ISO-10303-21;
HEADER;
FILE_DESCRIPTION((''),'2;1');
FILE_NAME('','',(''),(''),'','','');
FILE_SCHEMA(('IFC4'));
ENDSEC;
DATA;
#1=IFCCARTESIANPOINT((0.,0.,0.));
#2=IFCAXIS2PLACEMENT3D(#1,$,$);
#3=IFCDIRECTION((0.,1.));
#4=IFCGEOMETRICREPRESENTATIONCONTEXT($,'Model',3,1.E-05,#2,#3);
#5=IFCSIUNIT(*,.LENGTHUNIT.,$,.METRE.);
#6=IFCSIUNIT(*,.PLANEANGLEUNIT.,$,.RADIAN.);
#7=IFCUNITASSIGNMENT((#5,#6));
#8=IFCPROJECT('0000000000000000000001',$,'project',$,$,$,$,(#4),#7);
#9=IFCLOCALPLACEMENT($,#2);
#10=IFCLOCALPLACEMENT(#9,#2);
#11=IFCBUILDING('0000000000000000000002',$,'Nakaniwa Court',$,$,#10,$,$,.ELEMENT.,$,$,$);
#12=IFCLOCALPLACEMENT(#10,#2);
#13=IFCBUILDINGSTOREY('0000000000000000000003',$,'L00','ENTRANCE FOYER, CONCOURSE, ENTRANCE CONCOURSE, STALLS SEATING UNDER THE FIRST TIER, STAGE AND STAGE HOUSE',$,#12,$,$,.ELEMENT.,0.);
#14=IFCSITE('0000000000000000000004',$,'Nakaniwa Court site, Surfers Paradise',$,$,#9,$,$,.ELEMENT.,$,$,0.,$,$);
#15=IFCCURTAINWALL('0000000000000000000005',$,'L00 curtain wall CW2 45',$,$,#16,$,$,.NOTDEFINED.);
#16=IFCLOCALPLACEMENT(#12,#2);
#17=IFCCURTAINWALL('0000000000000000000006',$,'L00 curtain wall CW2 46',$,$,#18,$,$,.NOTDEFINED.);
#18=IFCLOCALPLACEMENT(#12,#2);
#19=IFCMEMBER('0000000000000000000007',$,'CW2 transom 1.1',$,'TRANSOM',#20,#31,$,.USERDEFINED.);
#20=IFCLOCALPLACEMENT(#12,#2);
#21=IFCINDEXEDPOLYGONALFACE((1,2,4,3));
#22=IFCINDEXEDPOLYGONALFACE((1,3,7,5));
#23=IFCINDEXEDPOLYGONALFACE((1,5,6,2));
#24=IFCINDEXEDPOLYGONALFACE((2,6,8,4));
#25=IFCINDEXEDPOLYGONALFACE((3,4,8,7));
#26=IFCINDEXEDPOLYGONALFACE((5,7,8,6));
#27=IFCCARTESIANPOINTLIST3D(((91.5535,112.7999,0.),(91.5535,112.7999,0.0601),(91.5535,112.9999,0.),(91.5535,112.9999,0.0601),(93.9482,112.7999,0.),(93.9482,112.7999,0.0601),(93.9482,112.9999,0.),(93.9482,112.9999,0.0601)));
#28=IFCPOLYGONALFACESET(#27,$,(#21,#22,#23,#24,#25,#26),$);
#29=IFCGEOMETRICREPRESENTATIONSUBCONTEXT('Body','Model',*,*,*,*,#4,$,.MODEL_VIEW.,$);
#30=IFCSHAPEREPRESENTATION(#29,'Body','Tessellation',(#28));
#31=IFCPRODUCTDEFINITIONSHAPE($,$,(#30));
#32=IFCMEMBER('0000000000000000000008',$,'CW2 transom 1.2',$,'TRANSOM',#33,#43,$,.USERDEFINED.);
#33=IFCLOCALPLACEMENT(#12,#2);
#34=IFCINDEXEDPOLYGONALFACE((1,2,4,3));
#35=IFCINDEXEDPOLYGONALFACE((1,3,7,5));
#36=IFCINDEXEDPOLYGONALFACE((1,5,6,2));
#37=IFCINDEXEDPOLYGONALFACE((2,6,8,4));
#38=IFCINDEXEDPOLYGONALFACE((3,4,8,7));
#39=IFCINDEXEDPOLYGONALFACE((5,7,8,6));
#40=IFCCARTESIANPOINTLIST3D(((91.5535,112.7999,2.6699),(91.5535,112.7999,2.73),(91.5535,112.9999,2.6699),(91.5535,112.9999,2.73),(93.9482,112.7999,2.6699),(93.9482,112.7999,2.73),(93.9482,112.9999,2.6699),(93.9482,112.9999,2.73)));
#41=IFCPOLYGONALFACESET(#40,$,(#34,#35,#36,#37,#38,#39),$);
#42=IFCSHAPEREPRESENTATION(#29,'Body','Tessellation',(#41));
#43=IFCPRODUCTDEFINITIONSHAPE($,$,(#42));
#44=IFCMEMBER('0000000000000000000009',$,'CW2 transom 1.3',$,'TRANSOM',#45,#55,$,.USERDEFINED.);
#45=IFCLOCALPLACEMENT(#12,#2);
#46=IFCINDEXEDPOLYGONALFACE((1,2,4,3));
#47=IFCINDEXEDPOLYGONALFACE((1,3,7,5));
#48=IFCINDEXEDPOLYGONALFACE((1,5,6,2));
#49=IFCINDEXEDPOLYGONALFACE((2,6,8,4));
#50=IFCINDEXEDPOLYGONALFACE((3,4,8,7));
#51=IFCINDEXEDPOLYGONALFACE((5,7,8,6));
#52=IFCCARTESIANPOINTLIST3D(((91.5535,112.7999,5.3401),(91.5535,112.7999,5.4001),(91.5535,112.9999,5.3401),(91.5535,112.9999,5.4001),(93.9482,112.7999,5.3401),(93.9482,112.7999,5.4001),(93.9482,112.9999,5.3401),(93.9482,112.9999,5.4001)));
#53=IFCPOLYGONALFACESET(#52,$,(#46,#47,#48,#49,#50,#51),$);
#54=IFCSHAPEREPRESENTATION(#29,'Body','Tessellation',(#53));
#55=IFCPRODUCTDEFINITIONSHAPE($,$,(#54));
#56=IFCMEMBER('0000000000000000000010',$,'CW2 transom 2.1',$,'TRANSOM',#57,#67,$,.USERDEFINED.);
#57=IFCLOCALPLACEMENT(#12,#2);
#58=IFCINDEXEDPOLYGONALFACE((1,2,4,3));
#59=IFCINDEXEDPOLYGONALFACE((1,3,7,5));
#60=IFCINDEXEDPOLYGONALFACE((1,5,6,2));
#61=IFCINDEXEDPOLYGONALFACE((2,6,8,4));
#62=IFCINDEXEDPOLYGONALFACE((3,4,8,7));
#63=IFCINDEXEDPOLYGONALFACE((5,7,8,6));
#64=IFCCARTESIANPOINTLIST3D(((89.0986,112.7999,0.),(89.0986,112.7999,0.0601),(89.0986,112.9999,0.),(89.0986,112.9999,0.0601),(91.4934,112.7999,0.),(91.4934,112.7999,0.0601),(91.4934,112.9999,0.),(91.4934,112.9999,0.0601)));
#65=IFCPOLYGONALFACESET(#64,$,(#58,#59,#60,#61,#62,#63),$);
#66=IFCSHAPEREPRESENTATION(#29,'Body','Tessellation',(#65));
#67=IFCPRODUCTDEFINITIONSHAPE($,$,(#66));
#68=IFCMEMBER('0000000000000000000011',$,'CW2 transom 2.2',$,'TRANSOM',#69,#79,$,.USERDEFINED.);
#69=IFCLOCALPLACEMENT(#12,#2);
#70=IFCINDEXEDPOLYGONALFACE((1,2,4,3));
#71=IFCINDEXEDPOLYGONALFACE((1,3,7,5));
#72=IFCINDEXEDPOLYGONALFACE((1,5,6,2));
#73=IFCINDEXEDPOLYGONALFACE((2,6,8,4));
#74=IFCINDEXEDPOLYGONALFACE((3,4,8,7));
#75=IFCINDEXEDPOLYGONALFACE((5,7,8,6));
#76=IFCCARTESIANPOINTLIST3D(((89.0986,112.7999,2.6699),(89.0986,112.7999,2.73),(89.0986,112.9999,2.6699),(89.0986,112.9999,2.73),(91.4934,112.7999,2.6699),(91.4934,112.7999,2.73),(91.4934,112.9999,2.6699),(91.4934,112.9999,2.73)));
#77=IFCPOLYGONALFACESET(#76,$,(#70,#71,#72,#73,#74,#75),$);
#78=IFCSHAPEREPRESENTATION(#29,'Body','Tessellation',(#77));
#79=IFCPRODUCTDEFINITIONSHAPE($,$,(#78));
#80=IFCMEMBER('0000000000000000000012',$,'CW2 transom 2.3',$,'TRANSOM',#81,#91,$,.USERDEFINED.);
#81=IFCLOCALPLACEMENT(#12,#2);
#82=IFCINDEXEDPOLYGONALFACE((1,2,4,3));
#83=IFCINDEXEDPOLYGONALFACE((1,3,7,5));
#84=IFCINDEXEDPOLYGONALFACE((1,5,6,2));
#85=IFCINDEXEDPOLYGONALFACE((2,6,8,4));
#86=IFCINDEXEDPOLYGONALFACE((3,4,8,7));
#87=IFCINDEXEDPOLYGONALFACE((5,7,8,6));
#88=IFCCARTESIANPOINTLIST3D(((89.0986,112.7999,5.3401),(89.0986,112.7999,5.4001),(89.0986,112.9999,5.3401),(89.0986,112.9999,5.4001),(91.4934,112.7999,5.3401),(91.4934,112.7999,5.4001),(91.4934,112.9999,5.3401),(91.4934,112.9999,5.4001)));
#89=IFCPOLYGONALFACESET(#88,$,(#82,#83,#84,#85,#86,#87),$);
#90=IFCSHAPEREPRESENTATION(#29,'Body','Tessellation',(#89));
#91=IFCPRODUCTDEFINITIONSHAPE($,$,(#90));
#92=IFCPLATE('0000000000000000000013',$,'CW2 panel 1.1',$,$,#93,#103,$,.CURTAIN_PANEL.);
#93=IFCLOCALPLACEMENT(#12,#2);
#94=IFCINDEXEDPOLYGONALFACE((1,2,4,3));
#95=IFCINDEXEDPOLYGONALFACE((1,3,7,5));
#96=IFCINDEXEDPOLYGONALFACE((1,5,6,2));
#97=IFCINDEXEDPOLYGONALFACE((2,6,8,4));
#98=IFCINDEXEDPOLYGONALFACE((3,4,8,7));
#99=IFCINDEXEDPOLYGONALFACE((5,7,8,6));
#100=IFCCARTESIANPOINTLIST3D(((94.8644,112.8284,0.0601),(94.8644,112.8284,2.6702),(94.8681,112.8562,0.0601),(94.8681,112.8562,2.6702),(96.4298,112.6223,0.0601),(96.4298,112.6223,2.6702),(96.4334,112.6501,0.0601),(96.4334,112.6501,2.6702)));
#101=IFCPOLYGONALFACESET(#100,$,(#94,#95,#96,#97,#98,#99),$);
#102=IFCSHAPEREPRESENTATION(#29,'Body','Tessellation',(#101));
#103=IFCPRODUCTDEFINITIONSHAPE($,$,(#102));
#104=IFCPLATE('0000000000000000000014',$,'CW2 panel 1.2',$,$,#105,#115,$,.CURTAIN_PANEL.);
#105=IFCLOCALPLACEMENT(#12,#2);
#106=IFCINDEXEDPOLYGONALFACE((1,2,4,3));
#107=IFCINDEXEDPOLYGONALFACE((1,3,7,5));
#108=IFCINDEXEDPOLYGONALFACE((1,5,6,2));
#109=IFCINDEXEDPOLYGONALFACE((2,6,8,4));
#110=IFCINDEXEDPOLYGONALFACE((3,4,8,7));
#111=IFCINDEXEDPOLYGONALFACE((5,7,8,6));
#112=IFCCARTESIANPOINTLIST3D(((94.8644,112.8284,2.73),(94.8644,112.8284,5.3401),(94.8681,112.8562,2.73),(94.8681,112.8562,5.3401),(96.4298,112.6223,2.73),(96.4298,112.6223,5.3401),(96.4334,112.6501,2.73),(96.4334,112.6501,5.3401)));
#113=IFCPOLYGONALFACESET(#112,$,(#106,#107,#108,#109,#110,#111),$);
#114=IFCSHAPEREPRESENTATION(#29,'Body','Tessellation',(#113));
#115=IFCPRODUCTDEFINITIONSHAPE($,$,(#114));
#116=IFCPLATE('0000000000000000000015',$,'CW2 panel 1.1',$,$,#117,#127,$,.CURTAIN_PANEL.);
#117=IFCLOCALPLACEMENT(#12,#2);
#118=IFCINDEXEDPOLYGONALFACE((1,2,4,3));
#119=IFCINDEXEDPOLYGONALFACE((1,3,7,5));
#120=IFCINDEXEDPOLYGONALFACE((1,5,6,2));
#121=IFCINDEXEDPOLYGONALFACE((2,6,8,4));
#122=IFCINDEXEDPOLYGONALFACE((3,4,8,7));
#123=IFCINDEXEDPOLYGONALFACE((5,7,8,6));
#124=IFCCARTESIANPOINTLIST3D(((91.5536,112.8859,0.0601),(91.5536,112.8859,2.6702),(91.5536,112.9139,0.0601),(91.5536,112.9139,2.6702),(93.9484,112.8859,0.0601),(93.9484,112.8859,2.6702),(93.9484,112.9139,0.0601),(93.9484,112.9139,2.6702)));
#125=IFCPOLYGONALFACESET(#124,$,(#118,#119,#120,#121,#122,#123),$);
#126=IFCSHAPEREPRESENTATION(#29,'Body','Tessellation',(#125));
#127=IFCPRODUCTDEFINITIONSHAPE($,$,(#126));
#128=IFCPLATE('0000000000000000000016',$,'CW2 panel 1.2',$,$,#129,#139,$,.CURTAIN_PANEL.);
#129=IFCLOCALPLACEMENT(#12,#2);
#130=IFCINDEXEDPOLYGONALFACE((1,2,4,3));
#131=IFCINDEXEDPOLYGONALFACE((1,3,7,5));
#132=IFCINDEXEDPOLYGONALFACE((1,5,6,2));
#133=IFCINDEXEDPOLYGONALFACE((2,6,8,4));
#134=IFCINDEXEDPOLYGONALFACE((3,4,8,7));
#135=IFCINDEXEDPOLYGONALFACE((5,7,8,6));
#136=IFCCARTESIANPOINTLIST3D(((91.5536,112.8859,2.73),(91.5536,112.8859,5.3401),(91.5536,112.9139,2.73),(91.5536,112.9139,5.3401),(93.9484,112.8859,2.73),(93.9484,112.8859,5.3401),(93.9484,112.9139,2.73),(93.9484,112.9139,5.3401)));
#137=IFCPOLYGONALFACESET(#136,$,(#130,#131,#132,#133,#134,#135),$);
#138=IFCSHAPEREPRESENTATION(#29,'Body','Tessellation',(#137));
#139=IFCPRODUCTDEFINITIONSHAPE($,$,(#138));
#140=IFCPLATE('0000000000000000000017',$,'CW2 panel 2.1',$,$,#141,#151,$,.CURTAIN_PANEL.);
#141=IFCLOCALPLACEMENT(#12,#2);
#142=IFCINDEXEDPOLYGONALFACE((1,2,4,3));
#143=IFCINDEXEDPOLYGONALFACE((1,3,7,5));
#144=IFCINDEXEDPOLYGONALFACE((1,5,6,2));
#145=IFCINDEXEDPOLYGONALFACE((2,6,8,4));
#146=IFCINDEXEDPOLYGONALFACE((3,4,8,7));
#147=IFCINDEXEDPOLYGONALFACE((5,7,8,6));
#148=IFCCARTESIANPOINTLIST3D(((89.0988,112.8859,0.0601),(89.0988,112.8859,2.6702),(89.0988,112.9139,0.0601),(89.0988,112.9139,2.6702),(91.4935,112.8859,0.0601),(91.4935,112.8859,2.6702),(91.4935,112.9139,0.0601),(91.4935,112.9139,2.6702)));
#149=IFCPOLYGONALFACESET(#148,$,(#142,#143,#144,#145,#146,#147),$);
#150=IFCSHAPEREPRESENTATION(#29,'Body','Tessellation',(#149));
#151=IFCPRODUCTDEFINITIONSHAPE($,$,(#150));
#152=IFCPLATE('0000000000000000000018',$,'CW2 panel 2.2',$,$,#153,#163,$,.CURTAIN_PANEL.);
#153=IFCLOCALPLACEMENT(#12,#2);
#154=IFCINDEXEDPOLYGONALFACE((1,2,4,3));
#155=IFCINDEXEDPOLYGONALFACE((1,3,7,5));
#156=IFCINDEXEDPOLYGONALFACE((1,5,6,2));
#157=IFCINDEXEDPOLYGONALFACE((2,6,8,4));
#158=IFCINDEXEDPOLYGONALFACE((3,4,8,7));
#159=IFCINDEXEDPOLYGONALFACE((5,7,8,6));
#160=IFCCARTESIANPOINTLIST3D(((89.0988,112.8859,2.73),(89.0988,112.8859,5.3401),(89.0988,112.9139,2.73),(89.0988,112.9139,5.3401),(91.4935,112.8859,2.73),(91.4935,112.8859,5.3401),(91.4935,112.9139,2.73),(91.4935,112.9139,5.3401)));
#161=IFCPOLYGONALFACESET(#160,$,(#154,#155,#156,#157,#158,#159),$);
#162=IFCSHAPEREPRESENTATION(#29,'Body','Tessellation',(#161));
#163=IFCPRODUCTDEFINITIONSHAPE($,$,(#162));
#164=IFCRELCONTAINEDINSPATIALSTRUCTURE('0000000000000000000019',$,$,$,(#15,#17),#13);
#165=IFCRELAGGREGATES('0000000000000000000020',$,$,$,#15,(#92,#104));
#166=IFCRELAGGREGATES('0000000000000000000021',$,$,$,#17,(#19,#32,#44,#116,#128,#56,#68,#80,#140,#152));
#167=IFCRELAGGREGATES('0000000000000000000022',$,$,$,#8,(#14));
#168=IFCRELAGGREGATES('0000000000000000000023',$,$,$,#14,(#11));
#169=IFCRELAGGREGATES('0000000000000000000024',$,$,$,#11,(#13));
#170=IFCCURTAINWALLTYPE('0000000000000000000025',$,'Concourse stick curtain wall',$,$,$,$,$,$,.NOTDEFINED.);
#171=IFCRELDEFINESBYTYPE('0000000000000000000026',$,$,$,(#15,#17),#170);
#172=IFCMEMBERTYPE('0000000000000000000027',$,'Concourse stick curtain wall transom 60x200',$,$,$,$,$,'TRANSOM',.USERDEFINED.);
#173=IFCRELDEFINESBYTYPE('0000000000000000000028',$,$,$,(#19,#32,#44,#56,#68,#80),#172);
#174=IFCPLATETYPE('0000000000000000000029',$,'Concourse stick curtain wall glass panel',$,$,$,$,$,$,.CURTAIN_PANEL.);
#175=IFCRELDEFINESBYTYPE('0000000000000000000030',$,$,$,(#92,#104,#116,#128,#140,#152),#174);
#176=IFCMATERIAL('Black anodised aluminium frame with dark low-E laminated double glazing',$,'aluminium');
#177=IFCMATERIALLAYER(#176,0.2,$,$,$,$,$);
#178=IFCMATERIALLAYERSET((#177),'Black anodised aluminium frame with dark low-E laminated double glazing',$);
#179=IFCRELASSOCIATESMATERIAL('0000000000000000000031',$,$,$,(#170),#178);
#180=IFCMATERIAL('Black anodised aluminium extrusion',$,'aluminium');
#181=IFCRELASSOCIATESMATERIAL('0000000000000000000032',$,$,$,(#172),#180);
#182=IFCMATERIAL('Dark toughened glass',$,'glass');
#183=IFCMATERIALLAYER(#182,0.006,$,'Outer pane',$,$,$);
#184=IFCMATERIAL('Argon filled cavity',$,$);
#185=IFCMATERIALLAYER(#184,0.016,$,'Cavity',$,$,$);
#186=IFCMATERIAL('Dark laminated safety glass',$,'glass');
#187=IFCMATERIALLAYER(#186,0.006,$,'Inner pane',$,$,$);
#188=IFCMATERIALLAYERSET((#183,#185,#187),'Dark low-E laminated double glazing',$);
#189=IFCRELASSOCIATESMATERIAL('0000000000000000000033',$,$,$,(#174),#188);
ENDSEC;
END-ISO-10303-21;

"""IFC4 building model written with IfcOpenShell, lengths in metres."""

from ifc_helpers import new_model, si_unit, direction, frame, origin, origin_2d, place, context, subcontext, project, spatial, rectangle, extrude, material, layer, layer_set, material_profile, profile_set, type_object, element, aggregate, save


model = new_model("IFC4")

# Units and contexts
model_context = context("Model", 3, precision=1e-05, world=origin(), true_north=direction((0.0, 1.0)))
body_context = subcontext(model_context, "Body", "Model", "MODEL_VIEW")
ifc_project = project(units=[si_unit("LENGTHUNIT", "METRE"), si_unit("PLANEANGLEUNIT", "RADIAN")], contexts=[model_context])

# Site, building, storey
site_placement = place(None, origin())
site = spatial("IfcSite", under=ifc_project, at=site_placement, Name="Nakaniwa Court site, Surfers Paradise", CompositionType="ELEMENT", RefElevation=0.0)
building_placement = place(site_placement, origin())
building = spatial("IfcBuilding", under=site, at=building_placement, Name="Nakaniwa Court", CompositionType="ELEMENT")
storey_placement = place(building_placement, origin())
storey = spatial("IfcBuildingStorey", under=building, at=storey_placement, Name="L00", Description="ENTRANCE FOYER, CONCOURSE, ENTRANCE CONCOURSE, STALLS SEATING UNDER THE FIRST TIER, STAGE AND STAGE HOUSE", CompositionType="ELEMENT", Elevation=0.0)

# Curtain wall
ifc_material_1 = material(Name="Black anodised aluminium frame with dark low-E laminated double glazing", Category="aluminium")
ifc_layer_1 = layer(ifc_material_1, 0.2)
ifc_layer_set_1 = layer_set([ifc_layer_1], Name="Black anodised aluminium frame with dark low-E laminated double glazing")
curtain_wall_type = type_object("IfcCurtainWallType", Name="Concourse stick curtain wall", PredefinedType="NOTDEFINED", material=ifc_layer_set_1)
curtain_wall_1_placement = place(storey_placement, origin())
curtain_wall_1 = element("IfcCurtainWall", 1, at=curtain_wall_1_placement, inside=storey, type_object=curtain_wall_type, Name="L00 curtain wall CW2 45", PredefinedType="NOTDEFINED")
ifc_material_2 = material(Name="Black anodised aluminium extrusion", Category="aluminium")

# Curtain wall, members
curtain_wall_2_placement = place(storey_placement, origin())
curtain_wall_2 = element("IfcCurtainWall", 2, at=curtain_wall_2_placement, inside=storey, type_object=curtain_wall_type, Name="L00 curtain wall CW2 46", PredefinedType="NOTDEFINED")
ifc_material_profile_1 = material_profile(ifc_material_2, rectangle(XDim=0.2, YDim=0.0601, at=origin_2d()), Name="Concourse stick curtain wall transom 60x200")
ifc_profile_set_1 = profile_set([ifc_material_profile_1], Name="Black anodised aluminium extrusion")
member_type_1 = type_object("IfcMemberType", Name="Concourse stick curtain wall transom 60x200", ElementType="TRANSOM", PredefinedType="USERDEFINED", material=ifc_profile_set_1)
member_1_placement = place(storey_placement, frame((93.9482, 112.8999, 0.03), z_axis=(-1.0, 0.0, 0.0), x_axis=(0.0, -1.0, 0.0)))
member_1 = element("IfcMember", 3, at=member_1_placement, type_object=member_type_1, Name="CW2 transom 1.1", ObjectType="TRANSOM", PredefinedType="USERDEFINED", context=body_context, shape_type="SweptSolid", body=[
    extrude(rectangle(XDim=0.2, YDim=0.0601, at=origin_2d()), origin(), (0.0, 0.0, 1.0), 2.3948),
])
member_2_placement = place(storey_placement, frame((93.9482, 112.8999, 2.7), z_axis=(-1.0, 0.0, 0.0), x_axis=(0.0, -1.0, 0.0)))
member_2 = element("IfcMember", 4, at=member_2_placement, type_object=member_type_1, Name="CW2 transom 1.2", ObjectType="TRANSOM", PredefinedType="USERDEFINED", context=body_context, shape_type="SweptSolid", body=[
    extrude(rectangle(XDim=0.2, YDim=0.0601, at=origin_2d()), origin(), (0.0, 0.0, 1.0), 2.3948),
])
member_3_placement = place(storey_placement, frame((93.9482, 112.8999, 5.3701), z_axis=(-1.0, 0.0, 0.0), x_axis=(0.0, -1.0, 0.0)))
member_3 = element("IfcMember", 5, at=member_3_placement, type_object=member_type_1, Name="CW2 transom 1.3", ObjectType="TRANSOM", PredefinedType="USERDEFINED", context=body_context, shape_type="SweptSolid", body=[
    extrude(rectangle(XDim=0.2, YDim=0.0601, at=origin_2d()), origin(), (0.0, 0.0, 1.0), 2.3948),
])
member_4_placement = place(storey_placement, frame((91.4934, 112.8999, 0.03), z_axis=(-1.0, 0.0, 0.0), x_axis=(0.0, -1.0, 0.0)))
member_4 = element("IfcMember", 6, at=member_4_placement, type_object=member_type_1, Name="CW2 transom 2.1", ObjectType="TRANSOM", PredefinedType="USERDEFINED", context=body_context, shape_type="SweptSolid", body=[
    extrude(rectangle(XDim=0.2, YDim=0.0601, at=origin_2d()), origin(), (0.0, 0.0, 1.0), 2.3948),
])
member_5_placement = place(storey_placement, frame((91.4934, 112.8999, 2.7), z_axis=(-1.0, 0.0, 0.0), x_axis=(0.0, -1.0, 0.0)))
member_5 = element("IfcMember", 7, at=member_5_placement, type_object=member_type_1, Name="CW2 transom 2.2", ObjectType="TRANSOM", PredefinedType="USERDEFINED", context=body_context, shape_type="SweptSolid", body=[
    extrude(rectangle(XDim=0.2, YDim=0.0601, at=origin_2d()), origin(), (0.0, 0.0, 1.0), 2.3948),
])
member_6_placement = place(storey_placement, frame((91.4934, 112.8999, 5.3701), z_axis=(-1.0, 0.0, 0.0), x_axis=(0.0, -1.0, 0.0)))
member_6 = element("IfcMember", 8, at=member_6_placement, type_object=member_type_1, Name="CW2 transom 2.3", ObjectType="TRANSOM", PredefinedType="USERDEFINED", context=body_context, shape_type="SweptSolid", body=[
    extrude(rectangle(XDim=0.2, YDim=0.0601, at=origin_2d()), origin(), (0.0, 0.0, 1.0), 2.3948),
])

# Plates
ifc_material_3 = material(Name="Dark toughened glass", Category="glass")
ifc_layer_2 = layer(ifc_material_3, 0.006, Name="Outer pane")
ifc_material_4 = material(Name="Argon filled cavity")
ifc_layer_3 = layer(ifc_material_4, 0.016, Name="Cavity")
ifc_material_5 = material(Name="Dark laminated safety glass", Category="glass")
ifc_layer_4 = layer(ifc_material_5, 0.006, Name="Inner pane")
ifc_layer_set_2 = layer_set([ifc_layer_2, ifc_layer_3, ifc_layer_4], Name="Dark low-E laminated double glazing")
plate_type = type_object("IfcPlateType", Name="Concourse stick curtain wall glass panel", PredefinedType="CURTAIN_PANEL", material=ifc_layer_set_2)
plate_1_placement = place(storey_placement, frame((95.6489, 112.7393, 0.0601), z_axis=(0.0, 0.0, 1.0), x_axis=(-0.991441, 0.130552, 0.0)))
plate_1 = element("IfcPlate", 9, at=plate_1_placement, type_object=plate_type, Name="CW2 panel 1.1", PredefinedType="CURTAIN_PANEL", context=body_context, shape_type="SweptSolid", body=[
    extrude(rectangle(XDim=1.5789, YDim=0.0281, at=origin_2d()), origin(), (0.0, 0.0, 1.0), 2.6101),
])
plate_2_placement = place(storey_placement, frame((95.6489, 112.7393, 2.73), z_axis=(0.0, 0.0, 1.0), x_axis=(-0.991441, 0.130552, 0.0)))
plate_2 = element("IfcPlate", 10, at=plate_2_placement, type_object=plate_type, Name="CW2 panel 1.2", PredefinedType="CURTAIN_PANEL", context=body_context, shape_type="SweptSolid", body=[
    extrude(rectangle(XDim=1.5789, YDim=0.0281, at=origin_2d()), origin(), (0.0, 0.0, 1.0), 2.6101),
])
aggregate(curtain_wall_1, [plate_1, plate_2])
plate_3_placement = place(storey_placement, frame((92.751, 112.8999, 0.0601), z_axis=(0.0, 0.0, 1.0), x_axis=(-1.0, 0.0, 0.0)))
plate_3 = element("IfcPlate", 11, at=plate_3_placement, type_object=plate_type, Name="CW2 panel 1.1", PredefinedType="CURTAIN_PANEL", context=body_context, shape_type="SweptSolid", body=[
    extrude(rectangle(XDim=2.3948, YDim=0.0281, at=origin_2d()), origin(), (0.0, 0.0, 1.0), 2.6101),
])
plate_4_placement = place(storey_placement, frame((92.751, 112.8999, 2.73), z_axis=(0.0, 0.0, 1.0), x_axis=(-1.0, 0.0, 0.0)))
plate_4 = element("IfcPlate", 12, at=plate_4_placement, type_object=plate_type, Name="CW2 panel 1.2", PredefinedType="CURTAIN_PANEL", context=body_context, shape_type="SweptSolid", body=[
    extrude(rectangle(XDim=2.3948, YDim=0.0281, at=origin_2d()), origin(), (0.0, 0.0, 1.0), 2.6101),
])
plate_5_placement = place(storey_placement, frame((90.2961, 112.8999, 0.0601), z_axis=(0.0, 0.0, 1.0), x_axis=(-1.0, 0.0, 0.0)))
plate_5 = element("IfcPlate", 13, at=plate_5_placement, type_object=plate_type, Name="CW2 panel 2.1", PredefinedType="CURTAIN_PANEL", context=body_context, shape_type="SweptSolid", body=[
    extrude(rectangle(XDim=2.3948, YDim=0.0281, at=origin_2d()), origin(), (0.0, 0.0, 1.0), 2.6101),
])
plate_6_placement = place(storey_placement, frame((90.2961, 112.8999, 2.73), z_axis=(0.0, 0.0, 1.0), x_axis=(-1.0, 0.0, 0.0)))
plate_6 = element("IfcPlate", 14, at=plate_6_placement, type_object=plate_type, Name="CW2 panel 2.2", PredefinedType="CURTAIN_PANEL", context=body_context, shape_type="SweptSolid", body=[
    extrude(rectangle(XDim=2.3948, YDim=0.0281, at=origin_2d()), origin(), (0.0, 0.0, 1.0), 2.6101),
])
aggregate(curtain_wall_2, [member_1, member_2, member_3, plate_3, plate_4, member_4, member_5, member_6, plate_5, plate_6])

save(model, "model.ifc")
